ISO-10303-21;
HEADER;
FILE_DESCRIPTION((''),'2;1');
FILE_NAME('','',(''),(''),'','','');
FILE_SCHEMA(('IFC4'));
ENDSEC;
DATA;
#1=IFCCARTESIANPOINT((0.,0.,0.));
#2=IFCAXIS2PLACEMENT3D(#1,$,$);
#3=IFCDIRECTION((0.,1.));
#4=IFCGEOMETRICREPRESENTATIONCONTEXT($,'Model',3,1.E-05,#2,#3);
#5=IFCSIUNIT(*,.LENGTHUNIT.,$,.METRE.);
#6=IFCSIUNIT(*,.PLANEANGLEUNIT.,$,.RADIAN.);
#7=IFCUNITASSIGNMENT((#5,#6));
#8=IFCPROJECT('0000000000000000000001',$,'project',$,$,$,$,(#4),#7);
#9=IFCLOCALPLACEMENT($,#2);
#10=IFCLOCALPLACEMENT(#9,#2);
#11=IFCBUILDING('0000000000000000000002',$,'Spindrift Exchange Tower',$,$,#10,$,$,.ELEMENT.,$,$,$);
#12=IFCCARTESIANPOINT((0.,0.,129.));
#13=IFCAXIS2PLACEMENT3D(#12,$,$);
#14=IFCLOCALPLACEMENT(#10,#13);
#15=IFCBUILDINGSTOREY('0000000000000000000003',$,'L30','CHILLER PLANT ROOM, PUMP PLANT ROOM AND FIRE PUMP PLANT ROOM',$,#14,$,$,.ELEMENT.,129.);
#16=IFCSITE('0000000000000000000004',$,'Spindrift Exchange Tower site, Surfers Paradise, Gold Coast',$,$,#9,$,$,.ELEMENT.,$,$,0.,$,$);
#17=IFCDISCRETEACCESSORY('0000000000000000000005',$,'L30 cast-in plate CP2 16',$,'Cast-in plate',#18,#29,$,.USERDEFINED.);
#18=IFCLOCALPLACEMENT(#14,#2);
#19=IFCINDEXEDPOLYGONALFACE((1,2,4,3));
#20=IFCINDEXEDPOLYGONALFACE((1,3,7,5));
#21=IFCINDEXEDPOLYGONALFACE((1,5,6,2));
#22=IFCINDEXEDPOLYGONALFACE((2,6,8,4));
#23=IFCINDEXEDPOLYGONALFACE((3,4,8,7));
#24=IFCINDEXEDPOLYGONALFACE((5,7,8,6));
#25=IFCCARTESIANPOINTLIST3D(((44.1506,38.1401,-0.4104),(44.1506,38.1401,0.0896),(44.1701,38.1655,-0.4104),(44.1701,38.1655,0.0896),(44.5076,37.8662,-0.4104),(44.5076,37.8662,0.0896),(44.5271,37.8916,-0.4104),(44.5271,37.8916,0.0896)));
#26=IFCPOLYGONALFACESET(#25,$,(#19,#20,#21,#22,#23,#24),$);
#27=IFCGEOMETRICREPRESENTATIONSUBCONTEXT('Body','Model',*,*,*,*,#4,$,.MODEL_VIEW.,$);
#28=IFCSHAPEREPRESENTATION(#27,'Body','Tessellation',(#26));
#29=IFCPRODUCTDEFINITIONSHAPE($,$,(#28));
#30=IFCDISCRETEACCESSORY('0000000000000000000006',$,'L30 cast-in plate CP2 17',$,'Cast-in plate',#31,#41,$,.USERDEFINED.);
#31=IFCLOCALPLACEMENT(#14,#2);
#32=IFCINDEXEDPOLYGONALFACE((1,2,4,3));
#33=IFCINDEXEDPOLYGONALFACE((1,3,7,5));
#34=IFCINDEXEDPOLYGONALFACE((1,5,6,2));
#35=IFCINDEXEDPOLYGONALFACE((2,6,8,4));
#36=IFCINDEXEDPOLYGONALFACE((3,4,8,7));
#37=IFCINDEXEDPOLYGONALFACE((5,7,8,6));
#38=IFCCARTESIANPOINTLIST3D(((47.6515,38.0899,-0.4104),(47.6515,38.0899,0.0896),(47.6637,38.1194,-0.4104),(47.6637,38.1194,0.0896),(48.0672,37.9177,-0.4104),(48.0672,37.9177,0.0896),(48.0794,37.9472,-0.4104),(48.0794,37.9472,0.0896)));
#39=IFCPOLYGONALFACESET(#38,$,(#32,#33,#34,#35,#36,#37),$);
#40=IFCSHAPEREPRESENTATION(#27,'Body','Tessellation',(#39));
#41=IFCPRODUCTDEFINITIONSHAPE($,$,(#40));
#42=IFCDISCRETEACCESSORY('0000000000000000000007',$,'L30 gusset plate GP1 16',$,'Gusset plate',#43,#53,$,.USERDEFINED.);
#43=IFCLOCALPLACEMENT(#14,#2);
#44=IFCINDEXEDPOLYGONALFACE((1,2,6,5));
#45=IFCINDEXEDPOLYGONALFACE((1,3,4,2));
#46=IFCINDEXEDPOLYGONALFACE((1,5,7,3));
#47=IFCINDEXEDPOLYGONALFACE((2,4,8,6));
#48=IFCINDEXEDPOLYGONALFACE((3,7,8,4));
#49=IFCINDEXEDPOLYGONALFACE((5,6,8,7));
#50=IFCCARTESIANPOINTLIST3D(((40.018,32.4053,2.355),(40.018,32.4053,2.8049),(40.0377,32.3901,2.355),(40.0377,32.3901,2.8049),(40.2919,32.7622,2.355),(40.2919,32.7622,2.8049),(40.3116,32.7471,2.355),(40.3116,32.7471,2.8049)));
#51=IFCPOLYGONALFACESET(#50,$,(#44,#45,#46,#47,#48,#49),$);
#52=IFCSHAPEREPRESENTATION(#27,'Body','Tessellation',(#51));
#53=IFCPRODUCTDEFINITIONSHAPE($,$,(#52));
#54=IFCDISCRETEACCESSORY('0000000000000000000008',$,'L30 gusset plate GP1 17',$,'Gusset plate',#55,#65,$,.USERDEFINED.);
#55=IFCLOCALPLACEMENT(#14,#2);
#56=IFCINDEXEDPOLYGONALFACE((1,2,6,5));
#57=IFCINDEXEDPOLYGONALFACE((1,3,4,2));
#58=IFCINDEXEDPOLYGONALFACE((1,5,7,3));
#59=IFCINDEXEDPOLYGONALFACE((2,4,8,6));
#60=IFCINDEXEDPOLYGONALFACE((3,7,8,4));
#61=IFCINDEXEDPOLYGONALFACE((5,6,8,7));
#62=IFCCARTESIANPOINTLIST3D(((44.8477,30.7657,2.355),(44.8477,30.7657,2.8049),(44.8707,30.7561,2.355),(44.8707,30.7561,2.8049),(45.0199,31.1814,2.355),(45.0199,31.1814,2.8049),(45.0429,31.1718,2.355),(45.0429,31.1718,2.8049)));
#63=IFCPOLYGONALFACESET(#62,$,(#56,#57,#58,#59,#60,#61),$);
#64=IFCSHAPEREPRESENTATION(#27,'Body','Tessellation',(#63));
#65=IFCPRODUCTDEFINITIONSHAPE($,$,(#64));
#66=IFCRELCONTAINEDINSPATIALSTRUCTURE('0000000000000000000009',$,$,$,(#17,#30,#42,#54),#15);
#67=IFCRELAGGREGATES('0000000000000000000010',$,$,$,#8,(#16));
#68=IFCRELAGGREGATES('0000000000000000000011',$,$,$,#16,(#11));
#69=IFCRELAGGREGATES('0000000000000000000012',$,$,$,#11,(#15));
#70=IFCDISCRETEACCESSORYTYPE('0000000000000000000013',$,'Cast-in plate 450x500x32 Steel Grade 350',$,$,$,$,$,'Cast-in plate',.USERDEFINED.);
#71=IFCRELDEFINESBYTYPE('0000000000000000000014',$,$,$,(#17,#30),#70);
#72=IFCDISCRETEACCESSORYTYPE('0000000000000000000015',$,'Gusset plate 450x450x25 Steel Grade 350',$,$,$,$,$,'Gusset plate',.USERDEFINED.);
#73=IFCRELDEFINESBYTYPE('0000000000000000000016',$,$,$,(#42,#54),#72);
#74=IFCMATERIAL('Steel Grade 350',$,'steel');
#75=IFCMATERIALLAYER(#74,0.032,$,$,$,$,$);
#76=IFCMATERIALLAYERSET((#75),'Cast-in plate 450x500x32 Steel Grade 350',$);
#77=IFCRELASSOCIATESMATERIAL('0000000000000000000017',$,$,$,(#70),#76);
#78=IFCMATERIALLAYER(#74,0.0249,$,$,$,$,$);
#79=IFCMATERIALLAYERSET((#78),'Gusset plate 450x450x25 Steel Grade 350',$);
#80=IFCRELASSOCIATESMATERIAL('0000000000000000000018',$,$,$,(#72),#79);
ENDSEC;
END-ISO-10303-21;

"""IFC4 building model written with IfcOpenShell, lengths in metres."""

from ifc_helpers import new_model, si_unit, direction, frame, origin, origin_2d, place, context, subcontext, project, spatial, rectangle, extrude, source, transform, mapped, material, layer, layer_set, type_object, element, save


model = new_model("IFC4")

# Units and contexts
model_context = context("Model", 3, precision=1e-05, world=origin(), true_north=direction((0.0, 1.0)))
body_context = subcontext(model_context, "Body", "Model", "MODEL_VIEW")
ifc_project = project(units=[si_unit("LENGTHUNIT", "METRE"), si_unit("PLANEANGLEUNIT", "RADIAN")], contexts=[model_context])

# Site, building, storey
site_placement = place(None, origin())
site = spatial("IfcSite", under=ifc_project, at=site_placement, Name="Spindrift Exchange Tower site, Surfers Paradise, Gold Coast", CompositionType="ELEMENT", RefElevation=0.0)
building_placement = place(site_placement, origin())
building = spatial("IfcBuilding", under=site, at=building_placement, Name="Spindrift Exchange Tower", CompositionType="ELEMENT")
storey_placement = place(building_placement, frame((0.0, 0.0, 129.0)))
storey = spatial("IfcBuildingStorey", under=building, at=storey_placement, Name="L30", Description="CHILLER PLANT ROOM, PUMP PLANT ROOM AND FIRE PUMP PLANT ROOM", CompositionType="ELEMENT", Elevation=129.0)

# Discrete accessories
ifc_material_1 = material(Name="Steel Grade 350", Category="steel")
ifc_layer_1 = layer(ifc_material_1, 0.032)
ifc_layer_set_1 = layer_set([ifc_layer_1], Name="Cast-in plate 450x500x32 Steel Grade 350")
discrete_accessory_type_1 = type_object("IfcDiscreteAccessoryType", Name="Cast-in plate 450x500x32 Steel Grade 350", ElementType="Cast-in plate", PredefinedType="USERDEFINED", material=ifc_layer_set_1)
shared_shape_1 = source(origin(), body_context, "Body", "SweptSolid", [
    extrude(rectangle(XDim=0.032, YDim=0.45, at=origin_2d()), origin(), (0.0, 0.0, 1.0), 0.5),
])
for number, where, z_axis, x_axis, name in (
    (1, (44.3389, 38.0159, -0.4104), (0.0, 0.0, 1.0), (-0.608761, -0.793353, 0.0), "L30 cast-in plate CP2 16"),
    (2, (47.8655, 38.0186, -0.4104), (0.0, 0.0, 1.0), (-0.382683, -0.92388, 0.0), "L30 cast-in plate CP2 17"),
):
    element("IfcDiscreteAccessory", number, at=place(storey_placement, frame(where, z_axis=z_axis, x_axis=x_axis)), inside=storey, type_object=discrete_accessory_type_1, Name=name, ObjectType="Cast-in plate", PredefinedType="USERDEFINED", context=body_context, shape_type="MappedRepresentation", body=[
        mapped(shared_shape_1, transform((0.0, 0.0, 0.0), scale=1.0)),
    ])
ifc_layer_2 = layer(ifc_material_1, 0.0249)
ifc_layer_set_2 = layer_set([ifc_layer_2], Name="Gusset plate 450x450x25 Steel Grade 350")
discrete_accessory_type_2 = type_object("IfcDiscreteAccessoryType", Name="Gusset plate 450x450x25 Steel Grade 350", ElementType="Gusset plate", PredefinedType="USERDEFINED", material=ifc_layer_set_2)
shared_shape_2 = source(origin(), body_context, "Body", "SweptSolid", [
    extrude(rectangle(XDim=0.45, YDim=0.0249, at=origin_2d()), origin(), (0.0, 0.0, 1.0), 0.45),
])
for number, where, z_axis, x_axis, name in (
    (3, (40.1648, 32.5762, 2.355), (0.0, 0.0, 1.0), (-0.608766, -0.79335, 0.0), "L30 gusset plate GP1 16"),
    (4, (44.9453, 30.9688, 2.355), (0.0, 0.0, 1.0), (-0.382679, -0.923882, 0.0), "L30 gusset plate GP1 17"),
):
    element("IfcDiscreteAccessory", number, at=place(storey_placement, frame(where, z_axis=z_axis, x_axis=x_axis)), inside=storey, type_object=discrete_accessory_type_2, Name=name, ObjectType="Gusset plate", PredefinedType="USERDEFINED", context=body_context, shape_type="MappedRepresentation", body=[
        mapped(shared_shape_2, transform((0.0, 0.0, 0.0), scale=1.0)),
    ])

save(model, "model.ifc")
